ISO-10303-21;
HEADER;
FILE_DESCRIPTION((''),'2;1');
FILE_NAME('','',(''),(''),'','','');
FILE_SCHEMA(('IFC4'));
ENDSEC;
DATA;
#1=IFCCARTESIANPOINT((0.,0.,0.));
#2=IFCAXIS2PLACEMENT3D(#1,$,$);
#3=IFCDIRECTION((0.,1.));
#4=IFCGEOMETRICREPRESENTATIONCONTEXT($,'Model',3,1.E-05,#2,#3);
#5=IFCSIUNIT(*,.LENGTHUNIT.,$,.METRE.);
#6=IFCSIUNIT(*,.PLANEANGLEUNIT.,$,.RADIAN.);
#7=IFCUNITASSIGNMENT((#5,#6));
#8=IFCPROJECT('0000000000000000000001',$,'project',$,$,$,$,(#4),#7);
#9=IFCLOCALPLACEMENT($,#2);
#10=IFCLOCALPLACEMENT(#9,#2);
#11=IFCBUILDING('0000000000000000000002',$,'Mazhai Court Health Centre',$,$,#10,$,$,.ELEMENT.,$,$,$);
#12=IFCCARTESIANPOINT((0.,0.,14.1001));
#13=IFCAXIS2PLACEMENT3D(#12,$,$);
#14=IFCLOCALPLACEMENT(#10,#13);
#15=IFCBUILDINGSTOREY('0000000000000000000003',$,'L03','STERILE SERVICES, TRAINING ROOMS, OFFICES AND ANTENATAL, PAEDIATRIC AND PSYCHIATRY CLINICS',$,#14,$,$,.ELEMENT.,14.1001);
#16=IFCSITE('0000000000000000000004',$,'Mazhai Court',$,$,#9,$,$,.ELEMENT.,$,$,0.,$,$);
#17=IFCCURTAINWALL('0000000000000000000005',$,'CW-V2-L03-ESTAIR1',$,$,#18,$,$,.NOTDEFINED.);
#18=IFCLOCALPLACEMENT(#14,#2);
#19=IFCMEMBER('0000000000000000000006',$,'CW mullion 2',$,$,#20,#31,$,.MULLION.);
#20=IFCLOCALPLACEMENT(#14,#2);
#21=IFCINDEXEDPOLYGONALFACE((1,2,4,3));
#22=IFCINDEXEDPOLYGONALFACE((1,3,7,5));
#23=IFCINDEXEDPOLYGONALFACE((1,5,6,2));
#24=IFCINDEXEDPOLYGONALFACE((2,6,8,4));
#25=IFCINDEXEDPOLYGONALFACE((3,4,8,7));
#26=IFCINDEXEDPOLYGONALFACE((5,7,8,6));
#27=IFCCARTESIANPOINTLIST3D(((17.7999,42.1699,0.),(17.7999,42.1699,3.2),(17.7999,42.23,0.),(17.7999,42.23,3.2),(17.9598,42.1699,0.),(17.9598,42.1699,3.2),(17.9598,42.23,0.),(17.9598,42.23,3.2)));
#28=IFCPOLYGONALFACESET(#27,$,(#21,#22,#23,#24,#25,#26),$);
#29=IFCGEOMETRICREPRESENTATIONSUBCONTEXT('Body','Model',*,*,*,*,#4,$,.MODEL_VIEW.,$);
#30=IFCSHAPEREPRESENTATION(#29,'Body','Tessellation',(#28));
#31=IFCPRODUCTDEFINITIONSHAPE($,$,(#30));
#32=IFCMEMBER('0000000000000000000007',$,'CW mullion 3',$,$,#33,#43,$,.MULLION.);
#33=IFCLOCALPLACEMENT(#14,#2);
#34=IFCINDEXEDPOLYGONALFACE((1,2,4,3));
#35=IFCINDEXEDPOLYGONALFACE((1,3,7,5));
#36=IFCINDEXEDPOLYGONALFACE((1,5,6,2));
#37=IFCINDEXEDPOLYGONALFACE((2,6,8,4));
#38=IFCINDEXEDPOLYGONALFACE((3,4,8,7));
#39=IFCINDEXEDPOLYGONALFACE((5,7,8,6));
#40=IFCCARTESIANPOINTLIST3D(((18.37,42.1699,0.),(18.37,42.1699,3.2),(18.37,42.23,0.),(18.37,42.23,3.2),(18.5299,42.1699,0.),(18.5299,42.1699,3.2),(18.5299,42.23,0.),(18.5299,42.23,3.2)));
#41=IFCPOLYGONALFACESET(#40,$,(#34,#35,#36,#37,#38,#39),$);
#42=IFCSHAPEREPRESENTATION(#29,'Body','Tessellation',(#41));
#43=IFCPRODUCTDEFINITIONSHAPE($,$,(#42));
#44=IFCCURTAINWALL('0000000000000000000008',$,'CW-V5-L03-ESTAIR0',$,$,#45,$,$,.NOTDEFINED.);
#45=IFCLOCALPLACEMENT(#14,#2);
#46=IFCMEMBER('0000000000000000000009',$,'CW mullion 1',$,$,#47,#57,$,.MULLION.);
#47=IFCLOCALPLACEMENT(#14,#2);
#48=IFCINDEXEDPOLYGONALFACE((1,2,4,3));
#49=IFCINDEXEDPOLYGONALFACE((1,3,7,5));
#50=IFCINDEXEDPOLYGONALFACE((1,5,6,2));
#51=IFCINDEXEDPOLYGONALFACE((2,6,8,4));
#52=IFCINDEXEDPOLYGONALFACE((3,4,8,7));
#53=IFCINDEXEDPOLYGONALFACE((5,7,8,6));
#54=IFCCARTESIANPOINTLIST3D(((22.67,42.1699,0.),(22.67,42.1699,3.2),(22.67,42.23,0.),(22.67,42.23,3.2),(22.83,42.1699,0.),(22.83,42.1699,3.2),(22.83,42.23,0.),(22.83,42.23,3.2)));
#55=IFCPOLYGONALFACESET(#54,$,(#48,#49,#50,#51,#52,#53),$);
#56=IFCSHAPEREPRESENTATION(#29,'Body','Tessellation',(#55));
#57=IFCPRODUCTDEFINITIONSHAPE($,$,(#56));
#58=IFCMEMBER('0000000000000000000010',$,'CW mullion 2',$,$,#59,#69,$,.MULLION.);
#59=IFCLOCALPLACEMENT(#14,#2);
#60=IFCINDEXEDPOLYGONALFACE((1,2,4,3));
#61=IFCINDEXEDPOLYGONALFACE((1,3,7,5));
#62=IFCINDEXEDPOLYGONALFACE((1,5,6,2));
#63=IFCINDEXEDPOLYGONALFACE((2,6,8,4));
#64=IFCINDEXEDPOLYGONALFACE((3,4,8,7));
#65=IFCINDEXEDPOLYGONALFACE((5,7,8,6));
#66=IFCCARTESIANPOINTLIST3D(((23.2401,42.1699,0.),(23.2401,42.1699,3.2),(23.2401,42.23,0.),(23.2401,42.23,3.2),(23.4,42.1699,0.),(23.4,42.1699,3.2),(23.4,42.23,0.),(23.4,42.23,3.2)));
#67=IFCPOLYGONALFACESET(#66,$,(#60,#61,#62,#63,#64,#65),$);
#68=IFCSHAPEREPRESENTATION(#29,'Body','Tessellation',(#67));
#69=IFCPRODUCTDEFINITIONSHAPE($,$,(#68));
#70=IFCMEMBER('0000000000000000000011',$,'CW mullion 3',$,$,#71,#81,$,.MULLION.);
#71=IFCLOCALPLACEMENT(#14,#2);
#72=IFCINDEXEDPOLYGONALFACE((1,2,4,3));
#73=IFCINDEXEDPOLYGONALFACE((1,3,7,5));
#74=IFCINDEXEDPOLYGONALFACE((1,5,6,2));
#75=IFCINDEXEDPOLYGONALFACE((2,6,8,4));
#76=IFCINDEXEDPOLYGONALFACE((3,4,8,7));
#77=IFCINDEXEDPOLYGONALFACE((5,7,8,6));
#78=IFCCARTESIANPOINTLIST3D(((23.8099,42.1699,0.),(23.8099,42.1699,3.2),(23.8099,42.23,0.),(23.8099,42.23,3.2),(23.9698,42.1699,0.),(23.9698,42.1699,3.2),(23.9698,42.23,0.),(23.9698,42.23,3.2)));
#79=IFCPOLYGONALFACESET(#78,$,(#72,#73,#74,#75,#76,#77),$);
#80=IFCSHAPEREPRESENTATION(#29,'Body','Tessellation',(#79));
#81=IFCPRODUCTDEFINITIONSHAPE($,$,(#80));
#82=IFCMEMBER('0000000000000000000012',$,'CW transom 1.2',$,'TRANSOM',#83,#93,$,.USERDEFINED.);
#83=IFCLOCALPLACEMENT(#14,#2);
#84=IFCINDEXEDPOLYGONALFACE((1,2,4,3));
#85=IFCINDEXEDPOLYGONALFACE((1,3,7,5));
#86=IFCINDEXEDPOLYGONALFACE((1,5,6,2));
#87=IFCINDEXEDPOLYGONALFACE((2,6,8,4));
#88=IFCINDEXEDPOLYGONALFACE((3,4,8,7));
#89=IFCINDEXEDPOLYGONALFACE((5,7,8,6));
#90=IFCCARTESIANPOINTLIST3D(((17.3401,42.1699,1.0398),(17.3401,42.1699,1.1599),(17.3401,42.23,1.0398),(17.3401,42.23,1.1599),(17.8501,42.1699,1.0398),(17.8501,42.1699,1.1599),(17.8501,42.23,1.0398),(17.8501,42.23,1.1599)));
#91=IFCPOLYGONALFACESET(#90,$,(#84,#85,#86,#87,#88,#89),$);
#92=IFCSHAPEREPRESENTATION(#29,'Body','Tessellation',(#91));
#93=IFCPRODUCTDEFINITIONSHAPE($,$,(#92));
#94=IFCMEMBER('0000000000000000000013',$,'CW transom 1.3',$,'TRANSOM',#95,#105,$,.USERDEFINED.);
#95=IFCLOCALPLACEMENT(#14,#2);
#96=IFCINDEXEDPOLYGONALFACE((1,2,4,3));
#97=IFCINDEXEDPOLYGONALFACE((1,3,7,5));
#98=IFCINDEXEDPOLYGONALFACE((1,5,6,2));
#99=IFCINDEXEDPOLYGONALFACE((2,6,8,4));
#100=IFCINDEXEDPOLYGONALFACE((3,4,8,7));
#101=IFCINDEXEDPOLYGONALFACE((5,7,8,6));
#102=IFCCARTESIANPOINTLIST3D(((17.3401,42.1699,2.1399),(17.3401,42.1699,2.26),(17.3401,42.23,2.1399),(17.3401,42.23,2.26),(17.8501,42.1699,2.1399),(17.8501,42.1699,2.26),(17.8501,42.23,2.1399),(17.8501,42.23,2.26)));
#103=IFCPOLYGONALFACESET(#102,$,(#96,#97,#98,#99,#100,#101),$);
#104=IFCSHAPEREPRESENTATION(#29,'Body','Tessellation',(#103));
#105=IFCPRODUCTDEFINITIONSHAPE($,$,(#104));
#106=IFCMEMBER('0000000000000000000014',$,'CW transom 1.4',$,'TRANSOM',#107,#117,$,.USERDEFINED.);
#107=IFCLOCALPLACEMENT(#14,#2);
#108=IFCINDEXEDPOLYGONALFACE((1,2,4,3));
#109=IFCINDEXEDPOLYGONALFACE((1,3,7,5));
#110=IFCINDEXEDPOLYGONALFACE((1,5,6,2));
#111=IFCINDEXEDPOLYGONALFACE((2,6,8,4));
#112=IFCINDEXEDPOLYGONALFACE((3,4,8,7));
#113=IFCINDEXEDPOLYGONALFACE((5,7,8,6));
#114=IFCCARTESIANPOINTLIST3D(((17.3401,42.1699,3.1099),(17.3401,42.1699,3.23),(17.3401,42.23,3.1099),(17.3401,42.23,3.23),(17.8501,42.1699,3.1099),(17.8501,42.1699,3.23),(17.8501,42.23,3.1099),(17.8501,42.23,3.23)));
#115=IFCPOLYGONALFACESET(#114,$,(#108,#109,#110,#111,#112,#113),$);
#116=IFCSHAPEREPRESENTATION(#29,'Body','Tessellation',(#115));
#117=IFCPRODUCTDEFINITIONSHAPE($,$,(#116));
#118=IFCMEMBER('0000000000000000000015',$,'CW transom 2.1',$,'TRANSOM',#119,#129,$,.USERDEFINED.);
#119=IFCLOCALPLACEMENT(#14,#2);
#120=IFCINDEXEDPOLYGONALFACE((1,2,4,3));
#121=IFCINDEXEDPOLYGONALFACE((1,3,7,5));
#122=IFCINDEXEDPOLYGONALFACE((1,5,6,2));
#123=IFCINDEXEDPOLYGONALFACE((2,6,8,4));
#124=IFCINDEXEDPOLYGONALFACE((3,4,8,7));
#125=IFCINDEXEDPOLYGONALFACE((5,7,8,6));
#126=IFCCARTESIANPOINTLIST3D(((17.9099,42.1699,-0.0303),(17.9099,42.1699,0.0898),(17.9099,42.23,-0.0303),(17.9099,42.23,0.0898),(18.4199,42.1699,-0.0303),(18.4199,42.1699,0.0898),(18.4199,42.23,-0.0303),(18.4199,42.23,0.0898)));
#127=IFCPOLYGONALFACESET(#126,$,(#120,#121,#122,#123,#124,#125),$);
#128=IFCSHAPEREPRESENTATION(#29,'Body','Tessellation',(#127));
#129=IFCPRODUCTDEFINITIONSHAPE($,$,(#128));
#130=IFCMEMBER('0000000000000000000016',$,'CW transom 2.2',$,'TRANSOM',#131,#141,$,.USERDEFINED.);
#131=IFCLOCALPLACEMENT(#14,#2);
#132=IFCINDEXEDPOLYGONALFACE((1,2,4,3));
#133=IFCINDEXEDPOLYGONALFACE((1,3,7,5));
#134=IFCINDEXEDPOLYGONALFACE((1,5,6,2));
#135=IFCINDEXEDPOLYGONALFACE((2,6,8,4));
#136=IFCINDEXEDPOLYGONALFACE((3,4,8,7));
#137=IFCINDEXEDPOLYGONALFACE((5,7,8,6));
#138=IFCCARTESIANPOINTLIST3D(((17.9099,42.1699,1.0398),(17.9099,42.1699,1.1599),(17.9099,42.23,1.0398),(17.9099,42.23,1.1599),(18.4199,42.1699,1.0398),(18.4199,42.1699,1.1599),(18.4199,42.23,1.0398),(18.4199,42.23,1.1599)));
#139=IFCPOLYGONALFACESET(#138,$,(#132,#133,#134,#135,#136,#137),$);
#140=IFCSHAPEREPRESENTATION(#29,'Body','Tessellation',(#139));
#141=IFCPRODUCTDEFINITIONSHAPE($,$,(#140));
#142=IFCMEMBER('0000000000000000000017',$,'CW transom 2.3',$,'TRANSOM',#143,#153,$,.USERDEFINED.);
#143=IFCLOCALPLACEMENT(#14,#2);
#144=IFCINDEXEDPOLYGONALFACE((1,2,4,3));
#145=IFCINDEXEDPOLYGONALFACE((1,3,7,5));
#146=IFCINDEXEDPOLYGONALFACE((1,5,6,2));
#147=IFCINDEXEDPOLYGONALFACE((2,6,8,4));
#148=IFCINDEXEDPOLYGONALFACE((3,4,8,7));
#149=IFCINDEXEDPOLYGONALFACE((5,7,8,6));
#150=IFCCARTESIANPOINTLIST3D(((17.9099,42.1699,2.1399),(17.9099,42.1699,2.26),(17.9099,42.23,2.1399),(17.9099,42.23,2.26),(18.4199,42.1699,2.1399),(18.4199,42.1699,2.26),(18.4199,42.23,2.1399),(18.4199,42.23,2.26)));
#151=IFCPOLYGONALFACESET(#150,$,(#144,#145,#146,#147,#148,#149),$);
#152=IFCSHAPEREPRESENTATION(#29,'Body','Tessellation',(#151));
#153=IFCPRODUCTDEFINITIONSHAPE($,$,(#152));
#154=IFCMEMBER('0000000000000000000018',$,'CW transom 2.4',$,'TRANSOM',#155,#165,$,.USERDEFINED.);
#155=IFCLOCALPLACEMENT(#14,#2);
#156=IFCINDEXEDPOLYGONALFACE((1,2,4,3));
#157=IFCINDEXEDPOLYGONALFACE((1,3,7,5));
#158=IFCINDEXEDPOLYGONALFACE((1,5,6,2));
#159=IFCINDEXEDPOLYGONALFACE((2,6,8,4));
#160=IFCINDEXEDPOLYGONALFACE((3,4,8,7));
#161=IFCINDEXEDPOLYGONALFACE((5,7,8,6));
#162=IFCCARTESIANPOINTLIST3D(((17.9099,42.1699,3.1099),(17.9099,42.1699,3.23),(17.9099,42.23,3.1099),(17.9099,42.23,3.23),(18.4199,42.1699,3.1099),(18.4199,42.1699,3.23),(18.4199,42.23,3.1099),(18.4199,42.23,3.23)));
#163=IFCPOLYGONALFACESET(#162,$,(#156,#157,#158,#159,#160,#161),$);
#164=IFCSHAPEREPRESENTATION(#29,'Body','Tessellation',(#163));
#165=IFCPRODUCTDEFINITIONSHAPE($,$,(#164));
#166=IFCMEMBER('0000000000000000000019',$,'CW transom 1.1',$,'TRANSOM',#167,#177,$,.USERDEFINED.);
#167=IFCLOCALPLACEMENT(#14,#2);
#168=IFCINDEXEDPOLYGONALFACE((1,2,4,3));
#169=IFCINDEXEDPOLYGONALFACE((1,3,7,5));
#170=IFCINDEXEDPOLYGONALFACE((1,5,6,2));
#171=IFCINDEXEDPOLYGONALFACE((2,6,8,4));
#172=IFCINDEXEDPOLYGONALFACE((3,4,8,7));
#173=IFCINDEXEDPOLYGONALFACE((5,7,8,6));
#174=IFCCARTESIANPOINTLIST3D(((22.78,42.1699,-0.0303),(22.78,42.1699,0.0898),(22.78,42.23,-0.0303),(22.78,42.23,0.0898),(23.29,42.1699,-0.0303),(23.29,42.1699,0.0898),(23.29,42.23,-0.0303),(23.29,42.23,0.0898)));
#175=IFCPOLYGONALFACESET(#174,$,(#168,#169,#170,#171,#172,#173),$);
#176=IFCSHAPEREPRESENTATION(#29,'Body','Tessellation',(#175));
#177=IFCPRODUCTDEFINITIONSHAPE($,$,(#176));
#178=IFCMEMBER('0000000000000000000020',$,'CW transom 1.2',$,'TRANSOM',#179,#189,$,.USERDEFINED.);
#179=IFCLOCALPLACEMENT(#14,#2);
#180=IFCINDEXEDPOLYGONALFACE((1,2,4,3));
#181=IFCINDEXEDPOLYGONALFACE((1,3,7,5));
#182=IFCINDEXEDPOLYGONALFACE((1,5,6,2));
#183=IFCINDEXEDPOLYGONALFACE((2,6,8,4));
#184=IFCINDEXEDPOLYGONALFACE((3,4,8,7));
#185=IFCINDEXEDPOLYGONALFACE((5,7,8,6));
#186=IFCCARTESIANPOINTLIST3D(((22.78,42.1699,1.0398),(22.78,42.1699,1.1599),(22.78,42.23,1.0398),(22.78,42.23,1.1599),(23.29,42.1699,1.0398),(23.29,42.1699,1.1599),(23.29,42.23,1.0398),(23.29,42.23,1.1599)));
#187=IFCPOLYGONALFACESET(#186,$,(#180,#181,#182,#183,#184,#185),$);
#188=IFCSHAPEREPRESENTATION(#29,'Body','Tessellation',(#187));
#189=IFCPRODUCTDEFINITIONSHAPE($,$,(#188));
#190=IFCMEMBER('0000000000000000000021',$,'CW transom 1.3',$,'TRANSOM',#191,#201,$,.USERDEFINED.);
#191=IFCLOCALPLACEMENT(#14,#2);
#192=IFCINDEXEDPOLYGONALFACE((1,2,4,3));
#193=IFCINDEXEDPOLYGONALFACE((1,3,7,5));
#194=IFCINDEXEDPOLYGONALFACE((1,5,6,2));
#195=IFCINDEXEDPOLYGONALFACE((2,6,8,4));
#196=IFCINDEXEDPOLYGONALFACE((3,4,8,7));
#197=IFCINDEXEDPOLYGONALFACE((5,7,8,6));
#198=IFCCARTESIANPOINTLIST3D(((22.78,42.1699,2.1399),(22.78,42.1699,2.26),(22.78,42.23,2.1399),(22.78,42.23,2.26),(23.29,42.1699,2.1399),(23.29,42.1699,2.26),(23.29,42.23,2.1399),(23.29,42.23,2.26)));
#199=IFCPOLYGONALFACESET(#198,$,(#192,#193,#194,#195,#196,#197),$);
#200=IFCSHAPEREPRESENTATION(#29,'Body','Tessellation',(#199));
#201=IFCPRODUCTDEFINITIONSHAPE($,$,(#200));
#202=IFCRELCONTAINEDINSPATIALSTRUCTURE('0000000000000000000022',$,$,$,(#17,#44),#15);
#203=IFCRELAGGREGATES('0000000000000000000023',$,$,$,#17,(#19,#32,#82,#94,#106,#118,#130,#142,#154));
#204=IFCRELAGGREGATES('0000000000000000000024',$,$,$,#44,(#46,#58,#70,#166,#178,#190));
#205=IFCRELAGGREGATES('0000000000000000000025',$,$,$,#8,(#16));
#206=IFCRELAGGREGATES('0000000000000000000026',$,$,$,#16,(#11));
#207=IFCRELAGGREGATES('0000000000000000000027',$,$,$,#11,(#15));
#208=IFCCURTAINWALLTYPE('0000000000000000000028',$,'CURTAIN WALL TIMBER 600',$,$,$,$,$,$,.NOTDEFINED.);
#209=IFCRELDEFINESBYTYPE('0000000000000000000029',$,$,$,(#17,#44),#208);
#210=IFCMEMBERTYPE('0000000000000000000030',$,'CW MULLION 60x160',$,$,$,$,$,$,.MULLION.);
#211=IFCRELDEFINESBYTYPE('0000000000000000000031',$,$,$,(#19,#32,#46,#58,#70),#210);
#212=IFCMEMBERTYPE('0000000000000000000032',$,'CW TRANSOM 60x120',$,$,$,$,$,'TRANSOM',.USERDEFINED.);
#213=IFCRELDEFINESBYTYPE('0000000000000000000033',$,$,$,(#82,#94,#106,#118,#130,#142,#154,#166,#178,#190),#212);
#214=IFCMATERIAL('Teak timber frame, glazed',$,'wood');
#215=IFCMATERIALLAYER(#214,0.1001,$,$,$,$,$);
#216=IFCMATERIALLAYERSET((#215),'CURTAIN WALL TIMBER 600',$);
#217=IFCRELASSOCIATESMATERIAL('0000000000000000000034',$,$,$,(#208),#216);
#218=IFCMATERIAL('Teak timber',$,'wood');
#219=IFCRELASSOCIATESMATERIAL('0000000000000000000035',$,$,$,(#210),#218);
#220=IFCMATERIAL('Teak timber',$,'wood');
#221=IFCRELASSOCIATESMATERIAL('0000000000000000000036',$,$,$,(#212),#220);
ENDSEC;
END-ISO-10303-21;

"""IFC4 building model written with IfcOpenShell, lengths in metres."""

from ifc_helpers import new_model, si_unit, direction, frame, origin, origin_2d, place, context, subcontext, project, spatial, rectangle, extrude, material, layer, layer_set, material_profile, profile_set, type_object, element, aggregate, save


model = new_model("IFC4")

# Units and contexts
model_context = context("Model", 3, precision=1e-05, world=origin(), true_north=direction((0.0, 1.0)))
body_context = subcontext(model_context, "Body", "Model", "MODEL_VIEW")
ifc_project = project(units=[si_unit("LENGTHUNIT", "METRE"), si_unit("PLANEANGLEUNIT", "RADIAN")], contexts=[model_context])

# Site, building, storey
site_placement = place(None, origin())
site = spatial("IfcSite", under=ifc_project, at=site_placement, Name="Mazhai Court", CompositionType="ELEMENT", RefElevation=0.0)
building_placement = place(site_placement, origin())
building = spatial("IfcBuilding", under=site, at=building_placement, Name="Mazhai Court Health Centre", CompositionType="ELEMENT")
storey_placement = place(building_placement, frame((0.0, 0.0, 14.1001)))
storey = spatial("IfcBuildingStorey", under=building, at=storey_placement, Name="L03", Description="STERILE SERVICES, TRAINING ROOMS, OFFICES AND ANTENATAL, PAEDIATRIC AND PSYCHIATRY CLINICS", CompositionType="ELEMENT", Elevation=14.1001)

# Curtain walls, members
ifc_material_1 = material(Name="Teak timber frame, glazed", Category="wood")
ifc_layer_1 = layer(ifc_material_1, 0.1001)
ifc_layer_set_1 = layer_set([ifc_layer_1], Name="CURTAIN WALL TIMBER 600")
curtain_wall_type = type_object("IfcCurtainWallType", Name="CURTAIN WALL TIMBER 600", PredefinedType="NOTDEFINED", material=ifc_layer_set_1)
curtain_wall_1_placement = place(storey_placement, origin())
curtain_wall_1 = element("IfcCurtainWall", 1, at=curtain_wall_1_placement, inside=storey, type_object=curtain_wall_type, Name="CW-V2-L03-ESTAIR1", PredefinedType="NOTDEFINED")
ifc_material_2 = material(Name="Teak timber", Category="wood")
ifc_material_profile_1 = material_profile(ifc_material_2, rectangle(XDim=0.0601, YDim=0.1599, at=origin_2d()), Name="CW MULLION 60x160")
ifc_profile_set_1 = profile_set([ifc_material_profile_1], Name="Teak timber")
member_type_1 = type_object("IfcMemberType", Name="CW MULLION 60x160", PredefinedType="MULLION", material=ifc_profile_set_1)
member_1_placement = place(storey_placement, frame((17.8799, 42.2, 0.0), z_axis=(0.0, 0.0, 1.0), x_axis=(0.0, 1.0, 0.0)))
member_1 = element("IfcMember", 2, at=member_1_placement, type_object=member_type_1, Name="CW mullion 2", PredefinedType="MULLION", context=body_context, shape_type="SweptSolid", body=[
    extrude(rectangle(XDim=0.0601, YDim=0.1599, at=origin_2d()), origin(), (0.0, 0.0, 1.0), 3.2),
])
member_2_placement = place(storey_placement, frame((18.45, 42.2, 0.0), z_axis=(0.0, 0.0, 1.0), x_axis=(0.0, 1.0, 0.0)))
member_2 = element("IfcMember", 3, at=member_2_placement, type_object=member_type_1, Name="CW mullion 3", PredefinedType="MULLION", context=body_context, shape_type="SweptSolid", body=[
    extrude(rectangle(XDim=0.0601, YDim=0.1599, at=origin_2d()), origin(), (0.0, 0.0, 1.0), 3.2),
])
curtain_wall_2_placement = place(storey_placement, origin())
curtain_wall_2 = element("IfcCurtainWall", 4, at=curtain_wall_2_placement, inside=storey, type_object=curtain_wall_type, Name="CW-V5-L03-ESTAIR0", PredefinedType="NOTDEFINED")
member_3_placement = place(storey_placement, frame((22.75, 42.2, 0.0), z_axis=(0.0, 0.0, 1.0), x_axis=(0.0, 1.0, 0.0)))
member_3 = element("IfcMember", 5, at=member_3_placement, type_object=member_type_1, Name="CW mullion 1", PredefinedType="MULLION", context=body_context, shape_type="SweptSolid", body=[
    extrude(rectangle(XDim=0.0601, YDim=0.1599, at=origin_2d()), origin(), (0.0, 0.0, 1.0), 3.2),
])
member_4_placement = place(storey_placement, frame((23.3201, 42.2, 0.0), z_axis=(0.0, 0.0, 1.0), x_axis=(0.0, 1.0, 0.0)))
member_4 = element("IfcMember", 6, at=member_4_placement, type_object=member_type_1, Name="CW mullion 2", PredefinedType="MULLION", context=body_context, shape_type="SweptSolid", body=[
    extrude(rectangle(XDim=0.0601, YDim=0.1599, at=origin_2d()), origin(), (0.0, 0.0, 1.0), 3.2),
])
member_5_placement = place(storey_placement, frame((23.8899, 42.2, 0.0), z_axis=(0.0, 0.0, 1.0), x_axis=(0.0, 1.0, 0.0)))
member_5 = element("IfcMember", 7, at=member_5_placement, type_object=member_type_1, Name="CW mullion 3", PredefinedType="MULLION", context=body_context, shape_type="SweptSolid", body=[
    extrude(rectangle(XDim=0.0601, YDim=0.1599, at=origin_2d()), origin(), (0.0, 0.0, 1.0), 3.2),
])

# Members
ifc_material_3 = material(Name="Teak timber", Category="wood")
ifc_material_profile_2 = material_profile(ifc_material_3, rectangle(XDim=0.0601, YDim=0.1201, at=origin_2d()), Name="CW TRANSOM 60x120")
ifc_profile_set_2 = profile_set([ifc_material_profile_2], Name="Teak timber")
member_type_2 = type_object("IfcMemberType", Name="CW TRANSOM 60x120", ElementType="TRANSOM", PredefinedType="USERDEFINED", material=ifc_profile_set_2)
member_6_placement = place(storey_placement, frame((17.3401, 42.2, 1.0999), z_axis=(1.0, 0.0, 0.0), x_axis=(0.0, 1.0, 0.0)))
member_6 = element("IfcMember", 8, at=member_6_placement, type_object=member_type_2, Name="CW transom 1.2", ObjectType="TRANSOM", PredefinedType="USERDEFINED", context=body_context, shape_type="SweptSolid", body=[
    extrude(rectangle(XDim=0.0601, YDim=0.1201, at=origin_2d()), origin(), (0.0, 0.0, 1.0), 0.51),
])
member_7_placement = place(storey_placement, frame((17.3401, 42.2, 2.2), z_axis=(1.0, 0.0, 0.0), x_axis=(0.0, 1.0, 0.0)))
member_7 = element("IfcMember", 9, at=member_7_placement, type_object=member_type_2, Name="CW transom 1.3", ObjectType="TRANSOM", PredefinedType="USERDEFINED", context=body_context, shape_type="SweptSolid", body=[
    extrude(rectangle(XDim=0.0601, YDim=0.1201, at=origin_2d()), origin(), (0.0, 0.0, 1.0), 0.51),
])
member_8_placement = place(storey_placement, frame((17.3401, 42.2, 3.1699), z_axis=(1.0, 0.0, 0.0), x_axis=(0.0, 1.0, 0.0)))
member_8 = element("IfcMember", 10, at=member_8_placement, type_object=member_type_2, Name="CW transom 1.4", ObjectType="TRANSOM", PredefinedType="USERDEFINED", context=body_context, shape_type="SweptSolid", body=[
    extrude(rectangle(XDim=0.0601, YDim=0.1201, at=origin_2d()), origin(), (0.0, 0.0, 1.0), 0.51),
])
member_9_placement = place(storey_placement, frame((17.9099, 42.2, 0.0298), z_axis=(1.0, 0.0, 0.0), x_axis=(0.0, 1.0, 0.0)))
member_9 = element("IfcMember", 11, at=member_9_placement, type_object=member_type_2, Name="CW transom 2.1", ObjectType="TRANSOM", PredefinedType="USERDEFINED", context=body_context, shape_type="SweptSolid", body=[
    extrude(rectangle(XDim=0.0601, YDim=0.1201, at=origin_2d()), origin(), (0.0, 0.0, 1.0), 0.51),
])
member_10_placement = place(storey_placement, frame((17.9099, 42.2, 1.0999), z_axis=(1.0, 0.0, 0.0), x_axis=(0.0, 1.0, 0.0)))
member_10 = element("IfcMember", 12, at=member_10_placement, type_object=member_type_2, Name="CW transom 2.2", ObjectType="TRANSOM", PredefinedType="USERDEFINED", context=body_context, shape_type="SweptSolid", body=[
    extrude(rectangle(XDim=0.0601, YDim=0.1201, at=origin_2d()), origin(), (0.0, 0.0, 1.0), 0.51),
])
member_11_placement = place(storey_placement, frame((17.9099, 42.2, 2.2), z_axis=(1.0, 0.0, 0.0), x_axis=(0.0, 1.0, 0.0)))
member_11 = element("IfcMember", 13, at=member_11_placement, type_object=member_type_2, Name="CW transom 2.3", ObjectType="TRANSOM", PredefinedType="USERDEFINED", context=body_context, shape_type="SweptSolid", body=[
    extrude(rectangle(XDim=0.0601, YDim=0.1201, at=origin_2d()), origin(), (0.0, 0.0, 1.0), 0.51),
])
member_12_placement = place(storey_placement, frame((17.9099, 42.2, 3.1699), z_axis=(1.0, 0.0, 0.0), x_axis=(0.0, 1.0, 0.0)))
member_12 = element("IfcMember", 14, at=member_12_placement, type_object=member_type_2, Name="CW transom 2.4", ObjectType="TRANSOM", PredefinedType="USERDEFINED", context=body_context, shape_type="SweptSolid", body=[
    extrude(rectangle(XDim=0.0601, YDim=0.1201, at=origin_2d()), origin(), (0.0, 0.0, 1.0), 0.51),
])
member_13_placement = place(storey_placement, frame((22.78, 42.2, 0.0298), z_axis=(1.0, 0.0, 0.0), x_axis=(0.0, 1.0, 0.0)))
member_13 = element("IfcMember", 15, at=member_13_placement, type_object=member_type_2, Name="CW transom 1.1", ObjectType="TRANSOM", PredefinedType="USERDEFINED", context=body_context, shape_type="SweptSolid", body=[
    extrude(rectangle(XDim=0.0601, YDim=0.1201, at=origin_2d()), origin(), (0.0, 0.0, 1.0), 0.51),
])
member_14_placement = place(storey_placement, frame((22.78, 42.2, 1.0999), z_axis=(1.0, 0.0, 0.0), x_axis=(0.0, 1.0, 0.0)))
member_14 = element("IfcMember", 16, at=member_14_placement, type_object=member_type_2, Name="CW transom 1.2", ObjectType="TRANSOM", PredefinedType="USERDEFINED", context=body_context, shape_type="SweptSolid", body=[
    extrude(rectangle(XDim=0.0601, YDim=0.1201, at=origin_2d()), origin(), (0.0, 0.0, 1.0), 0.51),
])
member_15_placement = place(storey_placement, frame((22.78, 42.2, 2.2), z_axis=(1.0, 0.0, 0.0), x_axis=(0.0, 1.0, 0.0)))
member_15 = element("IfcMember", 17, at=member_15_placement, type_object=member_type_2, Name="CW transom 1.3", ObjectType="TRANSOM", PredefinedType="USERDEFINED", context=body_context, shape_type="SweptSolid", body=[
    extrude(rectangle(XDim=0.0601, YDim=0.1201, at=origin_2d()), origin(), (0.0, 0.0, 1.0), 0.51),
])

aggregate(curtain_wall_1, [member_1, member_2, member_6, member_7, member_8, member_9, member_10, member_11, member_12])
aggregate(curtain_wall_2, [member_3, member_4, member_5, member_13, member_14, member_15])

save(model, "model.ifc")
